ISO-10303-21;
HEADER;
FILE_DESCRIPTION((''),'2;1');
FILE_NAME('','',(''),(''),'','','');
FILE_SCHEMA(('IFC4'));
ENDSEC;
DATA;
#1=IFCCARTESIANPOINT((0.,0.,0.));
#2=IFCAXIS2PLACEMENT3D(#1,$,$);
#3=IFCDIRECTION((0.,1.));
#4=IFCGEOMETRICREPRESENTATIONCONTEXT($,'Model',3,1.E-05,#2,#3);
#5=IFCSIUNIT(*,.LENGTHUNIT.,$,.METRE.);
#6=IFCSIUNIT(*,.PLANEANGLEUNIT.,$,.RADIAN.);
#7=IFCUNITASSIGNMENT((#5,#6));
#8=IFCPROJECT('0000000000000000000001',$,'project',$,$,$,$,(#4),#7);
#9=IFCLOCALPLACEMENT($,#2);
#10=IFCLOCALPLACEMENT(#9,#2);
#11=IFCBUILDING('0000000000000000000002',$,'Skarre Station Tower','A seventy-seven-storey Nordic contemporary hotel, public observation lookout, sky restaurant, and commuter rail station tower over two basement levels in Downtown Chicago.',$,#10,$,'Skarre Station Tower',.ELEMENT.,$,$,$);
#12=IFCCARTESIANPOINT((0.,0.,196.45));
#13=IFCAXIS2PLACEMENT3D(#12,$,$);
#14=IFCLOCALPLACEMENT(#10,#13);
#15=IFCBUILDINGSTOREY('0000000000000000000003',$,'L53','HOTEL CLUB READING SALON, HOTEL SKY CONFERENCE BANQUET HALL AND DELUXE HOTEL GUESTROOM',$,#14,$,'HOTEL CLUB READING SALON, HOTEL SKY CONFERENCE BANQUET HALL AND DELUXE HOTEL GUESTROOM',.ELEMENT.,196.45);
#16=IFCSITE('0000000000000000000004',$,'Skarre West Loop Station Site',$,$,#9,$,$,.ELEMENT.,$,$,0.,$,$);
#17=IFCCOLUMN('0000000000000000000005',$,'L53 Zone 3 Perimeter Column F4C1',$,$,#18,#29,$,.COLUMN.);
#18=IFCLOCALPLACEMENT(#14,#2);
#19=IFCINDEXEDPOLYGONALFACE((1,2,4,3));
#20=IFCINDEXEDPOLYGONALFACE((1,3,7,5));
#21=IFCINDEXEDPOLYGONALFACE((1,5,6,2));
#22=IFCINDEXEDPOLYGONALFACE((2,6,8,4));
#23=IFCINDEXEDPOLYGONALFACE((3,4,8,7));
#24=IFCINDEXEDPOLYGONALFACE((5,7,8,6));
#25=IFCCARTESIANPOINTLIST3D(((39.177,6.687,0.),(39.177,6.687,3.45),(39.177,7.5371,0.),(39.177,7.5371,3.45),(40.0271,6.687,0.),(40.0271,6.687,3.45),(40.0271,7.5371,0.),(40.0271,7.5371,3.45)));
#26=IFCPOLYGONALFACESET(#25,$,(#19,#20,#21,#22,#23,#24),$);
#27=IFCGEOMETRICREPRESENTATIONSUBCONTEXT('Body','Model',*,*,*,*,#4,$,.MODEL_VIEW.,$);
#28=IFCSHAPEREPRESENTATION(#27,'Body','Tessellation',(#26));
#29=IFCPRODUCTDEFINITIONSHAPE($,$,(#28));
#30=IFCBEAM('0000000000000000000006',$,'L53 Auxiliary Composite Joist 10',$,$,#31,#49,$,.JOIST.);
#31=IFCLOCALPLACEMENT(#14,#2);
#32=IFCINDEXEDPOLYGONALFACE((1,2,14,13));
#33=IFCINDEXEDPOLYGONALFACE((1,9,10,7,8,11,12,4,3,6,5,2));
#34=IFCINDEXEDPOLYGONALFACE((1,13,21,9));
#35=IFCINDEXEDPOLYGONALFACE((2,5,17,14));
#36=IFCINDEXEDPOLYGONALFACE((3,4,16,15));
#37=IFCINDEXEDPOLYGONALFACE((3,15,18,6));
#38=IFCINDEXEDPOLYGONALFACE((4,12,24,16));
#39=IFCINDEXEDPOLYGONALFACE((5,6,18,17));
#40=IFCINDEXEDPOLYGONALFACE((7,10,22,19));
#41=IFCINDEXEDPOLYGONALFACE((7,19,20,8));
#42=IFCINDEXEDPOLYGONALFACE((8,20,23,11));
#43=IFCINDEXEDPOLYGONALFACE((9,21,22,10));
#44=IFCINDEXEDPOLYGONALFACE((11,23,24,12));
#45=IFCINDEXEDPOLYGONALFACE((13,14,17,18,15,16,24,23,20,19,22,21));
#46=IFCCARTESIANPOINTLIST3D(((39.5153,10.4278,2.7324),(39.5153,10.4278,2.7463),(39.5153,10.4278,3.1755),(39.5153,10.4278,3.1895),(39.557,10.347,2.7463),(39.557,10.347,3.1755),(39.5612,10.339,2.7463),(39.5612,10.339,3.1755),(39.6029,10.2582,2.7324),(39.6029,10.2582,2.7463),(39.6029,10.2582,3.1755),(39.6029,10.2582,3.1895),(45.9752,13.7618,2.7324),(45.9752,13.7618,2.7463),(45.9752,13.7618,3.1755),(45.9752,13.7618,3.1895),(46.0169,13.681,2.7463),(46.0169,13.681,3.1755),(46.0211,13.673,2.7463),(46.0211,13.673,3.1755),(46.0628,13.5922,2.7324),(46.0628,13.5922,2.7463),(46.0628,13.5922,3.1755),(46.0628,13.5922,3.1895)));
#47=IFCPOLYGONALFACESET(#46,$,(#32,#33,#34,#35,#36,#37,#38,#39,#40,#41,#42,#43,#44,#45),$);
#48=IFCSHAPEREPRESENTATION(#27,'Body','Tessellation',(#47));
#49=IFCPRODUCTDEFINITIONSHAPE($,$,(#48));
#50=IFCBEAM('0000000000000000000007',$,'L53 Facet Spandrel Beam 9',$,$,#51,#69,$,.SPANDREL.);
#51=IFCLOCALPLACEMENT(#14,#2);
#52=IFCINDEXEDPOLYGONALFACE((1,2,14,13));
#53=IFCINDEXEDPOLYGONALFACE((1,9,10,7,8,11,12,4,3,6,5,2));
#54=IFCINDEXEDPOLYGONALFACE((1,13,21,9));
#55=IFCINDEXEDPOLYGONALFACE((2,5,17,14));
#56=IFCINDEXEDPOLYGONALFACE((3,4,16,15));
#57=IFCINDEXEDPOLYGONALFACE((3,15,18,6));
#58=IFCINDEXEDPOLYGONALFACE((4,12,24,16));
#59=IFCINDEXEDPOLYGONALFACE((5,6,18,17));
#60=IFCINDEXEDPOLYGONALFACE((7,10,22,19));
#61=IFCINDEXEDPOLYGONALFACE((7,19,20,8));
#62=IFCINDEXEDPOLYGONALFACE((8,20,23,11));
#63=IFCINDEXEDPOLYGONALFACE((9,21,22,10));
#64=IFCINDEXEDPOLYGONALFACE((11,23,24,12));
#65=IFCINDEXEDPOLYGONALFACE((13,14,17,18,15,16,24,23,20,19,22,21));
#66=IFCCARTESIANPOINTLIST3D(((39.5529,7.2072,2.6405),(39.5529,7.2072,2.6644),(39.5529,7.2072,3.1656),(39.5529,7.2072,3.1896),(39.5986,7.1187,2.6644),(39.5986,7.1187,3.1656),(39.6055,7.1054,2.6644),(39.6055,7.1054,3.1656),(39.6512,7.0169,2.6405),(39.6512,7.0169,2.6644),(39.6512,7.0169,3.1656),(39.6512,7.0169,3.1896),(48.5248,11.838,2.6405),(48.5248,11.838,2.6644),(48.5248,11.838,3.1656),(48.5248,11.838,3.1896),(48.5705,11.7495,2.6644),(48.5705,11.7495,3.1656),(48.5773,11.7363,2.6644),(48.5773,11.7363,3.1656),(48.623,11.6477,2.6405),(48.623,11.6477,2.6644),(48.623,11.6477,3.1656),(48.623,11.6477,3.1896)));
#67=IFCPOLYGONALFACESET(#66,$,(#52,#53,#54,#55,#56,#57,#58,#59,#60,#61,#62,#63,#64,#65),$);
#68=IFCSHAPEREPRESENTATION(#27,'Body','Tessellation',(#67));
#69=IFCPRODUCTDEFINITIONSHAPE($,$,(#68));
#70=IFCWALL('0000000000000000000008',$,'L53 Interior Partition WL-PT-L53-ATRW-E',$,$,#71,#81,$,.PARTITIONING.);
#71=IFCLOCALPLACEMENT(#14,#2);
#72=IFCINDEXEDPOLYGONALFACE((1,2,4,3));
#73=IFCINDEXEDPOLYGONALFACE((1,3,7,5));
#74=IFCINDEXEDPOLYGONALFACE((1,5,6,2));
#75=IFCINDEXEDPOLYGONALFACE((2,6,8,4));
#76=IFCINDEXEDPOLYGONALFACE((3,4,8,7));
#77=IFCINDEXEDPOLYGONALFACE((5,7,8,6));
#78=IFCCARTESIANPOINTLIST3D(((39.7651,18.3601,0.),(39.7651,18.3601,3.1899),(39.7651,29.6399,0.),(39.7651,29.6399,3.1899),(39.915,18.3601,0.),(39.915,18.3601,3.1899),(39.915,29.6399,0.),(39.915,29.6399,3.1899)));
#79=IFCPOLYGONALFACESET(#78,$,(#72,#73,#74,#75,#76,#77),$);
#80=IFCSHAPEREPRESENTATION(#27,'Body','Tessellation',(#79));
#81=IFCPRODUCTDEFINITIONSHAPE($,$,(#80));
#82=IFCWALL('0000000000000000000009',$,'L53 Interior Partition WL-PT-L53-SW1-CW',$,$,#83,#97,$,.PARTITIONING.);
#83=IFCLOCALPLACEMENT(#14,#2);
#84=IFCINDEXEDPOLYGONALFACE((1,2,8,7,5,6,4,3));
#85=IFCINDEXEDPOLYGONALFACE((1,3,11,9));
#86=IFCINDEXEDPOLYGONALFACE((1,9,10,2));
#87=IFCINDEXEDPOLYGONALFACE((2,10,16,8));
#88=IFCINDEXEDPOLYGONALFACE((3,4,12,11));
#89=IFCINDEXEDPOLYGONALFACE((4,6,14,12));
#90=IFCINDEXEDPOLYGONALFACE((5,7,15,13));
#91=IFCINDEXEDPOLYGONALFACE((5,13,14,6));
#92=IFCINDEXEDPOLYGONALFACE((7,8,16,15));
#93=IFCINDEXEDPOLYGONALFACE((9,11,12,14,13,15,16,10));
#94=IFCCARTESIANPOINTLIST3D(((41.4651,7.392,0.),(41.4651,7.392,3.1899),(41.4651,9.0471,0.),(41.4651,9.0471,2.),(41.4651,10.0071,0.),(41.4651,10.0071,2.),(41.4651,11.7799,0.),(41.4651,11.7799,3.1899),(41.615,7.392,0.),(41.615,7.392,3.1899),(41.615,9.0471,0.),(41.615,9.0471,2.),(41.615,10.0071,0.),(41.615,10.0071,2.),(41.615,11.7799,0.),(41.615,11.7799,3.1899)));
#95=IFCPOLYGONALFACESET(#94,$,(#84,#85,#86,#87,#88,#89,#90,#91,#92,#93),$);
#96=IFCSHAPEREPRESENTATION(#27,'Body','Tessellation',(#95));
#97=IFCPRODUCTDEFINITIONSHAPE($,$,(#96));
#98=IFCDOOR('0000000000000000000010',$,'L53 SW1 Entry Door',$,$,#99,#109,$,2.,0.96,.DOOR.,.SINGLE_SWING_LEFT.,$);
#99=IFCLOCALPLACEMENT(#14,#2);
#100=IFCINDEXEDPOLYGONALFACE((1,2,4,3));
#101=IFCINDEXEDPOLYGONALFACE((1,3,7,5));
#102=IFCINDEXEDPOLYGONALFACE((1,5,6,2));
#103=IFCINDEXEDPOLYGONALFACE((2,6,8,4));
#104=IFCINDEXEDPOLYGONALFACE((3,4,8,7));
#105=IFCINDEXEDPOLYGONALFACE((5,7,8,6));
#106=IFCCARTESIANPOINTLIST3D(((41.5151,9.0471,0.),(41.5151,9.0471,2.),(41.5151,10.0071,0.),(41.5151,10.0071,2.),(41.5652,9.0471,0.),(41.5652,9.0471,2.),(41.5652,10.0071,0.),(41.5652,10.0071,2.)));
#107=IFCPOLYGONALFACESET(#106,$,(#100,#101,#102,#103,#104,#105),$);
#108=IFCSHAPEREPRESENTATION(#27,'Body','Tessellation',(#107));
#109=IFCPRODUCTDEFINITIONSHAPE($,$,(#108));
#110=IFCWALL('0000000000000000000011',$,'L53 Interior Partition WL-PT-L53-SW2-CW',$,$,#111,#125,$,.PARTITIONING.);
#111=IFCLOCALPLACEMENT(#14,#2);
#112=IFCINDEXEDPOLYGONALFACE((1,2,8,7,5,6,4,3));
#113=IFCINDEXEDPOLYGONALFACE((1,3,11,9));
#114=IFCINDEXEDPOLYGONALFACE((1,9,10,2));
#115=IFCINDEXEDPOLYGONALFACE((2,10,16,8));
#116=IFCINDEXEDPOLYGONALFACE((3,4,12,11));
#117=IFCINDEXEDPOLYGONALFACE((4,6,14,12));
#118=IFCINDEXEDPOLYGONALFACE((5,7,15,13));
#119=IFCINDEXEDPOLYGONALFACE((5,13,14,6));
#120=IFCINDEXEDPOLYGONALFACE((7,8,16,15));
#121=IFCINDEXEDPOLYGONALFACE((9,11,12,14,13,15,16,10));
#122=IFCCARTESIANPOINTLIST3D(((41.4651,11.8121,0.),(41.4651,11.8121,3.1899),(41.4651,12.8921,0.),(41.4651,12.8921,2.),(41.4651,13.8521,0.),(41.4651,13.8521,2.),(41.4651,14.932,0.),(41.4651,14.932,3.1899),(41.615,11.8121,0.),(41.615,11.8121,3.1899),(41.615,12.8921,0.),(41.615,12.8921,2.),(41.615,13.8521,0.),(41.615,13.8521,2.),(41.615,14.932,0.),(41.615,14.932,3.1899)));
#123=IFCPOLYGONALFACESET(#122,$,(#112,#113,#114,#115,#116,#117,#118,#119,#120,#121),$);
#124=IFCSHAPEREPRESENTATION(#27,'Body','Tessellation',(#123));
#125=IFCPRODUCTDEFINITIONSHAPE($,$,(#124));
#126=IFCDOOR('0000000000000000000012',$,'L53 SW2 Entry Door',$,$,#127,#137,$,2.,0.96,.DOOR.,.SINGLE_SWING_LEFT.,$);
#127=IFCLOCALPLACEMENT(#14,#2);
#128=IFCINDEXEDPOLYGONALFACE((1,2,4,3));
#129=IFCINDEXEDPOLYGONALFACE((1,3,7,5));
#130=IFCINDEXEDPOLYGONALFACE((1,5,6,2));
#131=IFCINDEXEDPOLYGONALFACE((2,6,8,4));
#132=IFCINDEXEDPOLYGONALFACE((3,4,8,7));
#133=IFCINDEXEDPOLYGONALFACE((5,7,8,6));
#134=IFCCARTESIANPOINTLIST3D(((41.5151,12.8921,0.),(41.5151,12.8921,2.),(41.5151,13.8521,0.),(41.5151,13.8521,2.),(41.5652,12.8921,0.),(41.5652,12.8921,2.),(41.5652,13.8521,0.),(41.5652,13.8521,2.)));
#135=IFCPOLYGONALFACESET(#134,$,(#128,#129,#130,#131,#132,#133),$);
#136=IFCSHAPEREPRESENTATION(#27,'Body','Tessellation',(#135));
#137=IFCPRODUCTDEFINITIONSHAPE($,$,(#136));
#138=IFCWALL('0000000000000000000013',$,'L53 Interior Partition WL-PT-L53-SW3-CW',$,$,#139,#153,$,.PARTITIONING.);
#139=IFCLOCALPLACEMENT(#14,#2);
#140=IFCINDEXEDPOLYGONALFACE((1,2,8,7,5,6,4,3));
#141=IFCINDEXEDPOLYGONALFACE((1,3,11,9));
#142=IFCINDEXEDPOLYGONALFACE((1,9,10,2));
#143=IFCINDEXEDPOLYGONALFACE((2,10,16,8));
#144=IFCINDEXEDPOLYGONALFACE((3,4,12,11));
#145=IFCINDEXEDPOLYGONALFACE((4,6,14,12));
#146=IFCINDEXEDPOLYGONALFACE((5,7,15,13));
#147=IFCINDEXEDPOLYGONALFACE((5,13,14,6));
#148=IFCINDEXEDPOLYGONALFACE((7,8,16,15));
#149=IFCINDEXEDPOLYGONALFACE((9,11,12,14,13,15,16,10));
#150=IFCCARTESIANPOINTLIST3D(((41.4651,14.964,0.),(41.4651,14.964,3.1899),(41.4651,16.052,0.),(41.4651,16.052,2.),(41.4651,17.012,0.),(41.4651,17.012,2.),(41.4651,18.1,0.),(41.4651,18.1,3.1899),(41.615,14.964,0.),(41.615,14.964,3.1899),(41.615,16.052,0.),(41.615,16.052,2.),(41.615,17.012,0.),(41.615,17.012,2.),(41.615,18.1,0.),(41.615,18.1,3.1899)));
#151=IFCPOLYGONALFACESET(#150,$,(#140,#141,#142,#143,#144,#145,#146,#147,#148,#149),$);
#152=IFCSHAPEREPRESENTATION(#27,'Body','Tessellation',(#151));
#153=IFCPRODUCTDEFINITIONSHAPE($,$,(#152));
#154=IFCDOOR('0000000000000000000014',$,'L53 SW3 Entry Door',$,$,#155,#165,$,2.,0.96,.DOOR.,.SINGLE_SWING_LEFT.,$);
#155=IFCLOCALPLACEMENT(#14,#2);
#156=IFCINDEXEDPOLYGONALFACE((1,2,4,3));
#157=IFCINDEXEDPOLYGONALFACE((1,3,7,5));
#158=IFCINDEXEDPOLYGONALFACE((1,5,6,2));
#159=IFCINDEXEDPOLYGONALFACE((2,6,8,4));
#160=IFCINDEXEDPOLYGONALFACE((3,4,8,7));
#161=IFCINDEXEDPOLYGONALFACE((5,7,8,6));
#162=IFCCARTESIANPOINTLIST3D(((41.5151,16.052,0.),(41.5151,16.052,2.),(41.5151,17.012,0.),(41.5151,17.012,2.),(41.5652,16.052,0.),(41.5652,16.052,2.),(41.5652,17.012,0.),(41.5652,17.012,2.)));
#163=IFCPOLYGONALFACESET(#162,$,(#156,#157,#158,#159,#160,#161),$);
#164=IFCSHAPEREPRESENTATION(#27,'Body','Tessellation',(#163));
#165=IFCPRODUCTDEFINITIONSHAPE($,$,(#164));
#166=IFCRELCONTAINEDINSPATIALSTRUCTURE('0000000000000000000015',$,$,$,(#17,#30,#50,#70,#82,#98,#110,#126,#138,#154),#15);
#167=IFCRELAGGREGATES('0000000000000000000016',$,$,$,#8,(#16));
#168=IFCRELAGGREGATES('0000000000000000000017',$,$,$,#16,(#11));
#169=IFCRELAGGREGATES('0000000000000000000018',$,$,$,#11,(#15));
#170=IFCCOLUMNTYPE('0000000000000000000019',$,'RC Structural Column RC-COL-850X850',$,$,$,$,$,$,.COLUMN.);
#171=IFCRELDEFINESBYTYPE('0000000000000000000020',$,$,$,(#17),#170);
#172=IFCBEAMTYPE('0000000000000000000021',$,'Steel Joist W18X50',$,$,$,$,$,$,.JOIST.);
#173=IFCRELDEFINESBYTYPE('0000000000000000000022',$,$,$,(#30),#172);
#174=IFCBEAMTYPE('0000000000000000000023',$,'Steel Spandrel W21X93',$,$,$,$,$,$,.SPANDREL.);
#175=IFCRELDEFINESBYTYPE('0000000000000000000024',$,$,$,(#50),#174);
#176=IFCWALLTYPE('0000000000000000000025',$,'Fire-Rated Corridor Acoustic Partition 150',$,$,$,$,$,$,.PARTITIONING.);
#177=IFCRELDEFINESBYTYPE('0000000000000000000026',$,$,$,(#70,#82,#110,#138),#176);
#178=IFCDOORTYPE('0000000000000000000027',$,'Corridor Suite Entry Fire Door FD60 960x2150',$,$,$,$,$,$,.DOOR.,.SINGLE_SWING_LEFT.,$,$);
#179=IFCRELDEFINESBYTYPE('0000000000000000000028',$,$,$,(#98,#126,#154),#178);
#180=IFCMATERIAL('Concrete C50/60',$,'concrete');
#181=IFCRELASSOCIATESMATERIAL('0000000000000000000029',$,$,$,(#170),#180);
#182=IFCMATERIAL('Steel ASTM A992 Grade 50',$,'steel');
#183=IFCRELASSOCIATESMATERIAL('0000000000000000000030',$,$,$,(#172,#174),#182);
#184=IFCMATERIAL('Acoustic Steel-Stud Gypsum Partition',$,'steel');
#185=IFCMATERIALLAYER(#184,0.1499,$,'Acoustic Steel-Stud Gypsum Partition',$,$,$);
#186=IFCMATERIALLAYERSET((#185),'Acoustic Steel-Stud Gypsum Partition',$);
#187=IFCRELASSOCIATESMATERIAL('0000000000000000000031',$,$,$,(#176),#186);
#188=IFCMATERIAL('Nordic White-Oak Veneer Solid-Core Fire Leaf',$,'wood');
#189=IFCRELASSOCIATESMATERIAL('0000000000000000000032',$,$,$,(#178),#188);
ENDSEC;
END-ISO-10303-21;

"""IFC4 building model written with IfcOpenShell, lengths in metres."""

from ifc_helpers import new_model, si_unit, direction, frame, frame_2d, origin, origin_2d, place, context, subcontext, project, spatial, rectangle, i_section, extrude, material, layer, layer_set, material_profile, profile_set, type_object, element, fill, save


model = new_model("IFC4")

# Units and contexts
model_context = context("Model", 3, precision=1e-05, world=origin(), true_north=direction((0.0, 1.0)))
body_context = subcontext(model_context, "Body", "Model", "MODEL_VIEW")
ifc_project = project(units=[si_unit("LENGTHUNIT", "METRE"), si_unit("PLANEANGLEUNIT", "RADIAN")], contexts=[model_context])

# Site, building, storey
site_placement = place(None, origin())
site = spatial("IfcSite", under=ifc_project, at=site_placement, Name="Skarre West Loop Station Site", CompositionType="ELEMENT", RefElevation=0.0)
building_placement = place(site_placement, origin())
building = spatial("IfcBuilding", under=site, at=building_placement, Name="Skarre Station Tower", Description="A seventy-seven-storey Nordic contemporary hotel, public observation lookout, sky restaurant, and commuter rail station tower over two basement levels in Downtown Chicago.", LongName="Skarre Station Tower", CompositionType="ELEMENT")
storey_placement = place(building_placement, frame((0.0, 0.0, 196.45)))
storey = spatial("IfcBuildingStorey", under=building, at=storey_placement, Name="L53", Description="HOTEL CLUB READING SALON, HOTEL SKY CONFERENCE BANQUET HALL AND DELUXE HOTEL GUESTROOM", LongName="HOTEL CLUB READING SALON, HOTEL SKY CONFERENCE BANQUET HALL AND DELUXE HOTEL GUESTROOM", CompositionType="ELEMENT", Elevation=196.45)

# Column
ifc_material_1 = material(Name="Concrete C50/60", Category="concrete")
ifc_material_profile_1 = material_profile(ifc_material_1, rectangle(XDim=0.8501, YDim=0.8501, at=origin_2d()), Name="Concrete C50/60")
ifc_profile_set_1 = profile_set([ifc_material_profile_1], Name="Concrete C50/60")
column_type = type_object("IfcColumnType", Name="RC Structural Column RC-COL-850X850", PredefinedType="COLUMN", material=ifc_profile_set_1)
column_placement = place(storey_placement, frame((39.6021, 7.1121, 0.0), z_axis=(0.0, 0.0, 1.0), x_axis=(1.0, 0.0, 0.0)))
element("IfcColumn", 1, at=column_placement, inside=storey, type_object=column_type, Name="L53 Zone 3 Perimeter Column F4C1", PredefinedType="COLUMN", context=body_context, shape_type="SweptSolid", body=[
    extrude(rectangle(XDim=0.8501, YDim=0.8501, at=origin_2d()), origin(), (0.0, 0.0, 1.0), 3.45),
])

# Beams
ifc_material_2 = material(Name="Steel ASTM A992 Grade 50", Category="steel")
ifc_material_profile_2 = material_profile(ifc_material_2, i_section(OverallWidth=0.1909, OverallDepth=0.457, WebThickness=0.009, FlangeThickness=0.0139, at=origin_2d()), Name="Steel ASTM A992 Grade 50")
ifc_profile_set_2 = profile_set([ifc_material_profile_2], Name="Steel ASTM A992 Grade 50")
beam_type_1 = type_object("IfcBeamType", Name="Steel Joist W18X50", PredefinedType="JOIST", material=ifc_profile_set_2)
beam_1_placement = place(storey_placement, frame((39.5591, 10.343, 2.9609), z_axis=(0.888631, 0.458622, 0.0), x_axis=(-0.458622, 0.888631, 0.0)))
element("IfcBeam", 2, at=beam_1_placement, inside=storey, type_object=beam_type_1, Name="L53 Auxiliary Composite Joist 10", PredefinedType="JOIST", context=body_context, shape_type="SweptSolid", body=[
    extrude(i_section(OverallWidth=0.1909, OverallDepth=0.457, WebThickness=0.009, FlangeThickness=0.0139, at=origin_2d()), origin(), (0.0, 0.0, 1.0), 7.2695),
])
ifc_material_profile_3 = material_profile(ifc_material_2, i_section(OverallWidth=0.2141, OverallDepth=0.5491, WebThickness=0.0149, FlangeThickness=0.0239, at=origin_2d()), Name="Steel ASTM A992 Grade 50")
ifc_profile_set_3 = profile_set([ifc_material_profile_3], Name="Steel ASTM A992 Grade 50")
beam_type_2 = type_object("IfcBeamType", Name="Steel Spandrel W21X93", PredefinedType="SPANDREL", material=ifc_profile_set_3)
beam_2_placement = place(storey_placement, frame((39.6021, 7.1121, 2.915), z_axis=(0.888613, 0.458658, 0.0), x_axis=(-0.458658, 0.888613, 0.0)))
element("IfcBeam", 3, at=beam_2_placement, inside=storey, type_object=beam_type_2, Name="L53 Facet Spandrel Beam 9", PredefinedType="SPANDREL", context=body_context, shape_type="SweptSolid", body=[
    extrude(i_section(OverallWidth=0.2141, OverallDepth=0.5491, WebThickness=0.0149, FlangeThickness=0.0239, at=origin_2d()), origin(), (0.0, 0.0, 1.0), 10.0964),
])

# Wall
ifc_material_3 = material(Name="Acoustic Steel-Stud Gypsum Partition", Category="steel")
ifc_layer_1 = layer(ifc_material_3, 0.1499, Name="Acoustic Steel-Stud Gypsum Partition")
ifc_layer_set_1 = layer_set([ifc_layer_1], Name="Acoustic Steel-Stud Gypsum Partition")
wall_type_1 = type_object("IfcWallType", Name="Fire-Rated Corridor Acoustic Partition 150", PredefinedType="PARTITIONING", material=ifc_layer_set_1)
wall_1_placement = place(storey_placement, frame((39.8401, 18.3601, 0.0), z_axis=(0.0, 0.0, 1.0), x_axis=(0.0, 1.0, 0.0)))
element("IfcWall", 4, at=wall_1_placement, inside=storey, type_object=wall_type_1, Name="L53 Interior Partition WL-PT-L53-ATRW-E", PredefinedType="PARTITIONING", context=body_context, shape_type="SweptSolid", body=[
    extrude(rectangle(XDim=11.2798, YDim=0.1499, at=frame_2d((5.6399, 0.0))), origin(), (0.0, 0.0, 1.0), 3.1899),
])

# Walls, openings, doors
wall_2_placement = place(storey_placement, frame((41.54, 7.3921, 0.0), z_axis=(0.0, 0.0, 1.0), x_axis=(0.0, 1.0, 0.0)))
wall_2 = element("IfcWall", 5, at=wall_2_placement, inside=storey, type_object=wall_type_1, Name="L53 Interior Partition WL-PT-L53-SW1-CW", PredefinedType="PARTITIONING", context=body_context, shape_type="SweptSolid", body=[
    extrude(rectangle(XDim=4.3879, YDim=0.1499, at=frame_2d((2.1938, 0.0))), origin(), (0.0, 0.0, 1.0), 3.1899),
])
opening_1_placement = place(wall_2_placement, frame((1.655, 0.0, 0.0)))
opening_1 = element("IfcOpeningElement", 6, at=opening_1_placement, cuts=wall_2, PredefinedType="OPENING", context=body_context, shape_type="SweptSolid", body=[
    extrude(rectangle(XDim=0.96, YDim=2.0, at=frame_2d((0.48, 1.0))), frame((0.0, 0.085, 0.0), z_axis=(0.0, -1.0, 0.0), x_axis=(1.0, 0.0, 0.0)), (0.0, 0.0, 1.0), 0.1699),
])
ifc_material_4 = material(Name="Nordic White-Oak Veneer Solid-Core Fire Leaf", Category="wood")
door_type = type_object("IfcDoorType", Name="Corridor Suite Entry Fire Door FD60 960x2150", OperationType="SINGLE_SWING_LEFT", PredefinedType="DOOR", material=ifc_material_4)
door_1_placement = place(opening_1_placement, origin())
door_1 = element("IfcDoor", 7, at=door_1_placement, inside=storey, type_object=door_type, Name="L53 SW1 Entry Door", OperationType="SINGLE_SWING_LEFT", OverallHeight=2.0, OverallWidth=0.96, PredefinedType="DOOR", context=body_context, shape_type="SweptSolid", body=[
    extrude(rectangle(XDim=0.96, YDim=2.0, at=frame_2d((0.48, 1.0))), frame((0.0, 0.0249, 0.0), z_axis=(0.0, -1.0, 0.0), x_axis=(1.0, 0.0, 0.0)), (0.0, 0.0, 1.0), 0.05),
])
fill(opening_1, door_1)
wall_3_placement = place(storey_placement, frame((41.54, 11.812, 0.0), z_axis=(0.0, 0.0, 1.0), x_axis=(0.0, 1.0, 0.0)))
wall_3 = element("IfcWall", 8, at=wall_3_placement, inside=storey, type_object=wall_type_1, Name="L53 Interior Partition WL-PT-L53-SW2-CW", PredefinedType="PARTITIONING", context=body_context, shape_type="SweptSolid", body=[
    extrude(rectangle(XDim=3.1199, YDim=0.1499, at=frame_2d((1.5601, 0.0))), origin(), (0.0, 0.0, 1.0), 3.1899),
])
opening_2_placement = place(wall_3_placement, frame((1.0801, 0.0, 0.0)))
opening_2 = element("IfcOpeningElement", 9, at=opening_2_placement, cuts=wall_3, PredefinedType="OPENING", context=body_context, shape_type="SweptSolid", body=[
    extrude(rectangle(XDim=0.96, YDim=2.0, at=frame_2d((0.48, 1.0))), frame((0.0, 0.085, 0.0), z_axis=(0.0, -1.0, 0.0), x_axis=(1.0, 0.0, 0.0)), (0.0, 0.0, 1.0), 0.1699),
])
door_2_placement = place(opening_2_placement, origin())
door_2 = element("IfcDoor", 10, at=door_2_placement, inside=storey, type_object=door_type, Name="L53 SW2 Entry Door", OperationType="SINGLE_SWING_LEFT", OverallHeight=2.0, OverallWidth=0.96, PredefinedType="DOOR", context=body_context, shape_type="SweptSolid", body=[
    extrude(rectangle(XDim=0.96, YDim=2.0, at=frame_2d((0.48, 1.0))), frame((0.0, 0.0249, 0.0), z_axis=(0.0, -1.0, 0.0), x_axis=(1.0, 0.0, 0.0)), (0.0, 0.0, 1.0), 0.05),
])
fill(opening_2, door_2)
wall_4_placement = place(storey_placement, frame((41.54, 14.9641, 0.0), z_axis=(0.0, 0.0, 1.0), x_axis=(0.0, 1.0, 0.0)))
wall_4 = element("IfcWall", 11, at=wall_4_placement, inside=storey, type_object=wall_type_1, Name="L53 Interior Partition WL-PT-L53-SW3-CW", PredefinedType="PARTITIONING", context=body_context, shape_type="SweptSolid", body=[
    extrude(rectangle(XDim=3.136, YDim=0.1499, at=frame_2d((1.5679, 0.0))), origin(), (0.0, 0.0, 1.0), 3.1899),
])
opening_3_placement = place(wall_4_placement, frame((1.0879, 0.0, 0.0)))
opening_3 = element("IfcOpeningElement", 12, at=opening_3_placement, cuts=wall_4, PredefinedType="OPENING", context=body_context, shape_type="SweptSolid", body=[
    extrude(rectangle(XDim=0.96, YDim=2.0, at=frame_2d((0.48, 1.0))), frame((0.0, 0.085, 0.0), z_axis=(0.0, -1.0, 0.0), x_axis=(1.0, 0.0, 0.0)), (0.0, 0.0, 1.0), 0.1699),
])
door_3_placement = place(opening_3_placement, origin())
door_3 = element("IfcDoor", 13, at=door_3_placement, inside=storey, type_object=door_type, Name="L53 SW3 Entry Door", OperationType="SINGLE_SWING_LEFT", OverallHeight=2.0, OverallWidth=0.96, PredefinedType="DOOR", context=body_context, shape_type="SweptSolid", body=[
    extrude(rectangle(XDim=0.96, YDim=2.0, at=frame_2d((0.48, 1.0))), frame((0.0, 0.0249, 0.0), z_axis=(0.0, -1.0, 0.0), x_axis=(1.0, 0.0, 0.0)), (0.0, 0.0, 1.0), 0.05),
])
fill(opening_3, door_3)

save(model, "model.ifc")
